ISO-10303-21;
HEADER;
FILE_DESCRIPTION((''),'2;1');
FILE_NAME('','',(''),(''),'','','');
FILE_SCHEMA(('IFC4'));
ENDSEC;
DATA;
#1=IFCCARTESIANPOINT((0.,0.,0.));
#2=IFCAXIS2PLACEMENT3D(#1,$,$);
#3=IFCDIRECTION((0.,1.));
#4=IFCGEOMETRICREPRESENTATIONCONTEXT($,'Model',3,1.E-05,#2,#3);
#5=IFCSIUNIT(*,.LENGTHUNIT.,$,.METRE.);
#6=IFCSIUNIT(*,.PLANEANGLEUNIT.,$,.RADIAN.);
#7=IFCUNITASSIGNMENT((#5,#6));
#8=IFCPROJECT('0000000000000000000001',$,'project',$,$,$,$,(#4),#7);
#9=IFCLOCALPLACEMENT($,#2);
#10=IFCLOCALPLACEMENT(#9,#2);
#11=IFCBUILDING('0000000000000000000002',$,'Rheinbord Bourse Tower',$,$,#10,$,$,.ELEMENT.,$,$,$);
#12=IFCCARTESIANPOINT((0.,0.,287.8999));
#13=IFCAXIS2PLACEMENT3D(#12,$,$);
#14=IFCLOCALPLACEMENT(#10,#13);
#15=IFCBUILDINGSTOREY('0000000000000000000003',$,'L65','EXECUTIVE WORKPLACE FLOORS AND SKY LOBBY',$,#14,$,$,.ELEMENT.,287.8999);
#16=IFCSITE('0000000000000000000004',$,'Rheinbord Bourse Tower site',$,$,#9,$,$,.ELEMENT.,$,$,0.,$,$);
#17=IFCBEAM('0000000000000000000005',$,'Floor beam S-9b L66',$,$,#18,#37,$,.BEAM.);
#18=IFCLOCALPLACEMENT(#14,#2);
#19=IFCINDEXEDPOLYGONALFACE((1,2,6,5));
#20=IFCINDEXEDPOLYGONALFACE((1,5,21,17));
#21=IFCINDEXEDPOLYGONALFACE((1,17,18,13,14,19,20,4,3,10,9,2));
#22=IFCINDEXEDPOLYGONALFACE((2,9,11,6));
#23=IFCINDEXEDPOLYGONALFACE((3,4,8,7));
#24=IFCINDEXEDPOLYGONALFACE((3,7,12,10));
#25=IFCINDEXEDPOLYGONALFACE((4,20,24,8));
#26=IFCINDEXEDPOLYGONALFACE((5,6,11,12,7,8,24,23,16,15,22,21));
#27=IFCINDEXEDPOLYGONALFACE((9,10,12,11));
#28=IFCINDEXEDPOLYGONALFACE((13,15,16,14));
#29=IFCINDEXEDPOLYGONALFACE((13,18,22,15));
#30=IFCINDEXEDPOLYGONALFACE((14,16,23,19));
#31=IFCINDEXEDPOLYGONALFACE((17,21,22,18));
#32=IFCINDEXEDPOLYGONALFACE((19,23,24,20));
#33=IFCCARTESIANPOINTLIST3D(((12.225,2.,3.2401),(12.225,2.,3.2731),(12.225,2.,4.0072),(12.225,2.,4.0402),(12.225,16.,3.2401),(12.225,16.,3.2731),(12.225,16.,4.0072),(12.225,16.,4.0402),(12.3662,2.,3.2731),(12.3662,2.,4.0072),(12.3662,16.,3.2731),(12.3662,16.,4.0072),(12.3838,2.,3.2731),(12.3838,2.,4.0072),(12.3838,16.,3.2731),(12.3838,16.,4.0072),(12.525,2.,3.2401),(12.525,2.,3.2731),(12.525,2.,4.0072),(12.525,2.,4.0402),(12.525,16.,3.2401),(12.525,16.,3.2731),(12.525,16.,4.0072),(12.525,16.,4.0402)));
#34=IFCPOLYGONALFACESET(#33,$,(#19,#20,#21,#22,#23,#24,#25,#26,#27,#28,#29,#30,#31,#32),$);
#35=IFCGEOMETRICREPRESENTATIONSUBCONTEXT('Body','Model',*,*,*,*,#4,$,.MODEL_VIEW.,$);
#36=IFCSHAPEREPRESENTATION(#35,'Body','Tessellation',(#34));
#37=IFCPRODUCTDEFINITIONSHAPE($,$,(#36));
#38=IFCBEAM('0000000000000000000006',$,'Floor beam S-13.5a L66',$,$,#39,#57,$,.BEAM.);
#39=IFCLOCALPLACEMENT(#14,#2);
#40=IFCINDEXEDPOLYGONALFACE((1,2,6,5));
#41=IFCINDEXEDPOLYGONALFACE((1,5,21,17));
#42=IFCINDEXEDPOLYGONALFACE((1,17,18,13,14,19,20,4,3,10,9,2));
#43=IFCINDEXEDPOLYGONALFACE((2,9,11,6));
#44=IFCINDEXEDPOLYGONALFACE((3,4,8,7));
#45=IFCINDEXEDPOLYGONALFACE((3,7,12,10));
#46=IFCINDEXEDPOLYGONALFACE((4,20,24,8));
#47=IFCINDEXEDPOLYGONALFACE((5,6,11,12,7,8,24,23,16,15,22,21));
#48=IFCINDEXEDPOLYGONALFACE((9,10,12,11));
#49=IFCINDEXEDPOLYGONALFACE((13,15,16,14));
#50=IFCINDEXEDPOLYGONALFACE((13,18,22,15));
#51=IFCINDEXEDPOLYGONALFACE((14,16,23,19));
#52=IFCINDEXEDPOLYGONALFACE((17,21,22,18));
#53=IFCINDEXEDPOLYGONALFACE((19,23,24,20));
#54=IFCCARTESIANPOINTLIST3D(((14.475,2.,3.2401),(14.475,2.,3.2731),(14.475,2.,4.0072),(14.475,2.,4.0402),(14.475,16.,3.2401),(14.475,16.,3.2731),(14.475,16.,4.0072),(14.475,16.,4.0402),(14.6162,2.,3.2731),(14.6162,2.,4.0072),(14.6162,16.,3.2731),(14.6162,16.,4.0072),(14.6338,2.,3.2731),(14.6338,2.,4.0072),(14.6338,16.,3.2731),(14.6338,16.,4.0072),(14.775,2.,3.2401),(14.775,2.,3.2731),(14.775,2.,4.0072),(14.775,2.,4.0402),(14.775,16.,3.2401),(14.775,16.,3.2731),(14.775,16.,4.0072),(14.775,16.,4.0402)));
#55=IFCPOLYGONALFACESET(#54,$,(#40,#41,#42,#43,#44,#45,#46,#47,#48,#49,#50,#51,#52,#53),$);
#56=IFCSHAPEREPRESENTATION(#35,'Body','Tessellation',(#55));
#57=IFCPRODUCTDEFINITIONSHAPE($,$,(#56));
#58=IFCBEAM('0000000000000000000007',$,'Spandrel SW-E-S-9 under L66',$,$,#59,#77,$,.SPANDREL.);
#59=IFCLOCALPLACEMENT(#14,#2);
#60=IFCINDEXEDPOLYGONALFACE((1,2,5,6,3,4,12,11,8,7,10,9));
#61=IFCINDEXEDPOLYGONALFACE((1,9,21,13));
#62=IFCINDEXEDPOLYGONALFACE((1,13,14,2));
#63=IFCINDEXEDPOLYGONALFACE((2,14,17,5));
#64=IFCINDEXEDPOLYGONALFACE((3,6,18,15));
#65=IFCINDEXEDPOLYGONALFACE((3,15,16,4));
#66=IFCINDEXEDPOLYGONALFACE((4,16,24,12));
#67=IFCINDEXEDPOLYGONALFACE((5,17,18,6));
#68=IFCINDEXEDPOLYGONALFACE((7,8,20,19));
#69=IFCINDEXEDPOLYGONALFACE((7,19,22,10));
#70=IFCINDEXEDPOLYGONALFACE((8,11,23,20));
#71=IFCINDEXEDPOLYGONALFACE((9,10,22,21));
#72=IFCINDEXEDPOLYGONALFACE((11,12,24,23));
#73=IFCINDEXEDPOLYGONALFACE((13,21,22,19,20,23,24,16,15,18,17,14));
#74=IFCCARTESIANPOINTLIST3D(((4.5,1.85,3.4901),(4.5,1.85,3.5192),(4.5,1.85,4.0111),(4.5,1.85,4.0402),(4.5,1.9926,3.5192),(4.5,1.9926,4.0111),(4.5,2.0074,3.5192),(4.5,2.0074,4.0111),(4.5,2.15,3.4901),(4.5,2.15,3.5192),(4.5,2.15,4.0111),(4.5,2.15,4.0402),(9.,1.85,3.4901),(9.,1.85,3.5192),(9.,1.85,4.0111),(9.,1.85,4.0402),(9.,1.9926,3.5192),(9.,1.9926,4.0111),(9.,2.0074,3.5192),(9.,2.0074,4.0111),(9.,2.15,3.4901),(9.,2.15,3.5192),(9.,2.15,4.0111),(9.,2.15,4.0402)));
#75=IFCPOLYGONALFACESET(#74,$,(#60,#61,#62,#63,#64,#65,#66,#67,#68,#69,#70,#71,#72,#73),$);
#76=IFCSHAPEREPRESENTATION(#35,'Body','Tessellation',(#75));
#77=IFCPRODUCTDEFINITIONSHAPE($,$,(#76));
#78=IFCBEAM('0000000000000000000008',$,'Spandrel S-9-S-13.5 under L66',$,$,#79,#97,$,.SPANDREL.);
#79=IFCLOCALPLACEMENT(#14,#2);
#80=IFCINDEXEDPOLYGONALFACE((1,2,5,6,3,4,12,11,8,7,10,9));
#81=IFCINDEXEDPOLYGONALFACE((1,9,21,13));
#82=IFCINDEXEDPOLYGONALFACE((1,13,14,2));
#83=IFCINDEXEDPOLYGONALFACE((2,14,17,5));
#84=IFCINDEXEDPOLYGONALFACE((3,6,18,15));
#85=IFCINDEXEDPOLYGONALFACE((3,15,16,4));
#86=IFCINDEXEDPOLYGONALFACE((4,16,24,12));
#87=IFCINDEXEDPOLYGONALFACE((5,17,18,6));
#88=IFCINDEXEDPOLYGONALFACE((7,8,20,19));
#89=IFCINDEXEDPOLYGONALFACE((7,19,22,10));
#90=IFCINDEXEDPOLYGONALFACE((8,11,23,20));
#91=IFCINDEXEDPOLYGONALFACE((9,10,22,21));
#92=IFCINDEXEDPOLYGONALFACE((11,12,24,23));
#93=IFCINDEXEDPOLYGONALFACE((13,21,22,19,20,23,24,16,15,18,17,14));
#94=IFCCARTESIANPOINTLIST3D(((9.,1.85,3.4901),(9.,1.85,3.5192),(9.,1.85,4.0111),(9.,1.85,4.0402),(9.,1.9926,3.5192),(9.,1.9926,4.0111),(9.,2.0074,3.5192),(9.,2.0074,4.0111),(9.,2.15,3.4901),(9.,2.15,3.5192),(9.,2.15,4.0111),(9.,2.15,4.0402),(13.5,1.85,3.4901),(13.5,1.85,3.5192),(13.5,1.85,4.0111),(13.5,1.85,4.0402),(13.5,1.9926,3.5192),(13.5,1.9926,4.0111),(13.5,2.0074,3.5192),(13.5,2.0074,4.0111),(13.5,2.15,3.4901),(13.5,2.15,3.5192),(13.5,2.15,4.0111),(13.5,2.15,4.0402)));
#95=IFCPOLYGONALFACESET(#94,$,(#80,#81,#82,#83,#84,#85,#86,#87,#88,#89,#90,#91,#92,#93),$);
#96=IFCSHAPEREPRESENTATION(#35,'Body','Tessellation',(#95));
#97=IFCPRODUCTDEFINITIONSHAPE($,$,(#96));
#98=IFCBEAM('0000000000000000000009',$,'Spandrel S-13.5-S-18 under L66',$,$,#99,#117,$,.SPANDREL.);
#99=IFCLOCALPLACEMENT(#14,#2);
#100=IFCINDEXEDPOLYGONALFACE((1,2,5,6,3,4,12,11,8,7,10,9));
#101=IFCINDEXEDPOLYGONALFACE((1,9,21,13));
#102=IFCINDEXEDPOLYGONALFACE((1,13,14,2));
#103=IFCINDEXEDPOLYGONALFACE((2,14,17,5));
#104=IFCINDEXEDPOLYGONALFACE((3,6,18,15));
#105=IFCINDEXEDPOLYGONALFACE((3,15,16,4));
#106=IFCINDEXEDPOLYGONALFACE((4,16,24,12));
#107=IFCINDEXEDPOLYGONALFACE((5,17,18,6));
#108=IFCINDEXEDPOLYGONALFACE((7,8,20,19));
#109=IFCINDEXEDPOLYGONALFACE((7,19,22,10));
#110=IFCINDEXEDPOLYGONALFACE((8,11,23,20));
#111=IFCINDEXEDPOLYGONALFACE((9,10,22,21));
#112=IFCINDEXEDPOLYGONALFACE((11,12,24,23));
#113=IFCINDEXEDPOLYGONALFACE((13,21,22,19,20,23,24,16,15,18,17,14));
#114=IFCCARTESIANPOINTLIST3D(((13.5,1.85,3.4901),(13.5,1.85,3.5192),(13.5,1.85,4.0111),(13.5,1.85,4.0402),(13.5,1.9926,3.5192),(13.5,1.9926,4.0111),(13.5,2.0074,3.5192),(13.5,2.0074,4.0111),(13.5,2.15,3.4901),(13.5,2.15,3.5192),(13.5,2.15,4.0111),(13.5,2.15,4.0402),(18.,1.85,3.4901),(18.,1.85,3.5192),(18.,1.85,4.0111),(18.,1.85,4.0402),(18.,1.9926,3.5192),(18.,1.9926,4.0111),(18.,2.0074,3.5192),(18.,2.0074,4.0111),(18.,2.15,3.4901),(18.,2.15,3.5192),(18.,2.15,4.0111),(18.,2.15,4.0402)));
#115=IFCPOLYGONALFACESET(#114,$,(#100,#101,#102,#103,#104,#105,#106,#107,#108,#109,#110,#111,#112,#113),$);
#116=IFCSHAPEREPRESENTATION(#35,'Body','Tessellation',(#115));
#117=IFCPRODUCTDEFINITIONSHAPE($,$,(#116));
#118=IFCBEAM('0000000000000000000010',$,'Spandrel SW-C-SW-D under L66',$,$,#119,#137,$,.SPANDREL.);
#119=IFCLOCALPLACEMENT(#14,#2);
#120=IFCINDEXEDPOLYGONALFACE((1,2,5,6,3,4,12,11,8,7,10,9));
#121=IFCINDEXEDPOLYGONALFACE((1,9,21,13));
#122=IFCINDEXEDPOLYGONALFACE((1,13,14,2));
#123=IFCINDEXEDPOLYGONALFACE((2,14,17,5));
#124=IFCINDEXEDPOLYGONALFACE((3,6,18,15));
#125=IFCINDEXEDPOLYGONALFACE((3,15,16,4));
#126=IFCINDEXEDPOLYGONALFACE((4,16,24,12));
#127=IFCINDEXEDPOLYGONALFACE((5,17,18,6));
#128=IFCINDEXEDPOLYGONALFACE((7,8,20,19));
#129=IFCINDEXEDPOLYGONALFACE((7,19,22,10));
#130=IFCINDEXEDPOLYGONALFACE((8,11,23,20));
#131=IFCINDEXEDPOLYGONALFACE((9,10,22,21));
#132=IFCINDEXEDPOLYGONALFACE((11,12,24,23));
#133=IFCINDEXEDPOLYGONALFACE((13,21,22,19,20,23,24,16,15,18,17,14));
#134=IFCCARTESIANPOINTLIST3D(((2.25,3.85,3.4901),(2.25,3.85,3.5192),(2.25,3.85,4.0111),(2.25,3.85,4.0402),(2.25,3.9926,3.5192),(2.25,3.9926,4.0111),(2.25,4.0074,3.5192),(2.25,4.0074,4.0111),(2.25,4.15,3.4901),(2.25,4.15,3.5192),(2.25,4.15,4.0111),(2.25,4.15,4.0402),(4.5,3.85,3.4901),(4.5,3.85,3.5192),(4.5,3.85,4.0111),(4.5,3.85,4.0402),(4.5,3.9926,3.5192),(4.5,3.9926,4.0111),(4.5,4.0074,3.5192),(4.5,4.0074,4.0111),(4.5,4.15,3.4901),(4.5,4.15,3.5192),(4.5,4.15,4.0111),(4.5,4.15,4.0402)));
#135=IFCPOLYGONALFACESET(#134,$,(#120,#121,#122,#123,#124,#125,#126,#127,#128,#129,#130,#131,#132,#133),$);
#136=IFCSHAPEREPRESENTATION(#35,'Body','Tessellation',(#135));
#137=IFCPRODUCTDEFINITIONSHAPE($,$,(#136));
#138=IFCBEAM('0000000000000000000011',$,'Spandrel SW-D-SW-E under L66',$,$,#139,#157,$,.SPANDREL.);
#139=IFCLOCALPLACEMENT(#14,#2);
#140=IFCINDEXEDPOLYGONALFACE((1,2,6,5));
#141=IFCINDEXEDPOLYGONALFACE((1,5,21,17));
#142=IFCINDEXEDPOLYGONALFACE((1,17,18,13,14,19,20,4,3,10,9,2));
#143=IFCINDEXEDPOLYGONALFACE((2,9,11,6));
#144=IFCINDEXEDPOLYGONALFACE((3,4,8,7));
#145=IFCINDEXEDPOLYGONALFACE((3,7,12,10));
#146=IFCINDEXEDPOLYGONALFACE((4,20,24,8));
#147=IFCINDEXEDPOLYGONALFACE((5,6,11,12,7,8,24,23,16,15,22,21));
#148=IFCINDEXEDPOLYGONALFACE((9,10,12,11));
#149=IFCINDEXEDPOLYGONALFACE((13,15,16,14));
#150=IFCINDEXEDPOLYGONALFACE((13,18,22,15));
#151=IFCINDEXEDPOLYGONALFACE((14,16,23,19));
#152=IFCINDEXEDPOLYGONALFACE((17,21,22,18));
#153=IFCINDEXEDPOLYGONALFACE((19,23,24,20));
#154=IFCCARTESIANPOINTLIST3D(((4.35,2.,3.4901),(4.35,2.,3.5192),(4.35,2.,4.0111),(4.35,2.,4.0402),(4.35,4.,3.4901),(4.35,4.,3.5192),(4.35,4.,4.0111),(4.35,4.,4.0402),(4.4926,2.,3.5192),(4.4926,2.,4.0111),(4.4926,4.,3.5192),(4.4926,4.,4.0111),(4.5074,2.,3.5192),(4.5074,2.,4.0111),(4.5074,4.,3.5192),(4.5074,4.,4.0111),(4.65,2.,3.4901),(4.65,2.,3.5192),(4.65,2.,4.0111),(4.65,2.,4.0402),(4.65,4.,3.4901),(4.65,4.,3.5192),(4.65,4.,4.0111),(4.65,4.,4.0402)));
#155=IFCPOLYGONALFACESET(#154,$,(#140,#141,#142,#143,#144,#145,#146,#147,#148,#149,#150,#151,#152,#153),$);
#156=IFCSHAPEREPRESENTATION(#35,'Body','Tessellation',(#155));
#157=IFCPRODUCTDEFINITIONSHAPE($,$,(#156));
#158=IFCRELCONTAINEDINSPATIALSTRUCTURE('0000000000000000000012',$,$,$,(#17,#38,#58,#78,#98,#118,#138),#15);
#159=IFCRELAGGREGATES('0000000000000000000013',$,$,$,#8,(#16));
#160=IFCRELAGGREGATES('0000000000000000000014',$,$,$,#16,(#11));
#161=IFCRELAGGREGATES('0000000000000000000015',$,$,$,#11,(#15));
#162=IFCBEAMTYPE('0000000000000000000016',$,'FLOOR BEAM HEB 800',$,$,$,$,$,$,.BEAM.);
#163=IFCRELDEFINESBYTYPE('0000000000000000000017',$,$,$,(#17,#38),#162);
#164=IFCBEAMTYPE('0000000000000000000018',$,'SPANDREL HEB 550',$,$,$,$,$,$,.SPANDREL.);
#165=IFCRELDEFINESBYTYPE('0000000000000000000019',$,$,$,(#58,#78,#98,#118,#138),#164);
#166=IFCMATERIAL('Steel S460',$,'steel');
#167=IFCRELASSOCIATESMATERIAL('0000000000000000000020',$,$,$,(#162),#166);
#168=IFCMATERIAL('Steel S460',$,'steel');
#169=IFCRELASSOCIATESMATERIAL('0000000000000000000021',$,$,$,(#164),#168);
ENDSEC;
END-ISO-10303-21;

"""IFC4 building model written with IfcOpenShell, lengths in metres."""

from ifc_helpers import new_model, si_unit, direction, frame, origin, origin_2d, place, context, subcontext, project, spatial, i_section, extrude, material, material_profile, profile_set, type_object, element, save


model = new_model("IFC4")

# Units and contexts
model_context = context("Model", 3, precision=1e-05, world=origin(), true_north=direction((0.0, 1.0)))
body_context = subcontext(model_context, "Body", "Model", "MODEL_VIEW")
ifc_project = project(units=[si_unit("LENGTHUNIT", "METRE"), si_unit("PLANEANGLEUNIT", "RADIAN")], contexts=[model_context])

# Site, building, storey
site_placement = place(None, origin())
site = spatial("IfcSite", under=ifc_project, at=site_placement, Name="Rheinbord Bourse Tower site", CompositionType="ELEMENT", RefElevation=0.0)
building_placement = place(site_placement, origin())
building = spatial("IfcBuilding", under=site, at=building_placement, Name="Rheinbord Bourse Tower", CompositionType="ELEMENT")
storey_placement = place(building_placement, frame((0.0, 0.0, 287.8999)))
storey = spatial("IfcBuildingStorey", under=building, at=storey_placement, Name="L65", Description="EXECUTIVE WORKPLACE FLOORS AND SKY LOBBY", CompositionType="ELEMENT", Elevation=287.8999)

# Beams
ifc_material_1 = material(Name="Steel S460", Category="steel")
ifc_material_profile_1 = material_profile(ifc_material_1, i_section(OverallWidth=0.3, OverallDepth=0.8, WebThickness=0.0176, FlangeThickness=0.033, at=origin_2d()), Name="HEB 800")
ifc_profile_set_1 = profile_set([ifc_material_profile_1], Name="Steel S460")
beam_type_1 = type_object("IfcBeamType", Name="FLOOR BEAM HEB 800", PredefinedType="BEAM", material=ifc_profile_set_1)
for number, where, z_axis, x_axis, name in (
    (1, (12.375, 2.0, 3.6401), (0.0, 1.0, 0.0), (-1.0, 0.0, 0.0), "Floor beam S-9b L66"),
    (2, (14.625, 2.0, 3.6401), (0.0, 1.0, 0.0), (-1.0, 0.0, 0.0), "Floor beam S-13.5a L66"),
):
    element("IfcBeam", number, at=place(storey_placement, frame(where, z_axis=z_axis, x_axis=x_axis)), inside=storey, type_object=beam_type_1, Name=name, PredefinedType="BEAM", context=body_context, shape_type="SweptSolid", body=[
        extrude(i_section(OverallWidth=0.3, OverallDepth=0.8, WebThickness=0.0176, FlangeThickness=0.033, at=origin_2d()), origin(), (0.0, 0.0, 1.0), 14.0),
    ])
ifc_material_2 = material(Name="Steel S460", Category="steel")
ifc_material_profile_2 = material_profile(ifc_material_2, i_section(OverallWidth=0.3, OverallDepth=0.55, WebThickness=0.0149, FlangeThickness=0.0291, at=origin_2d()), Name="HEB 550")
ifc_profile_set_2 = profile_set([ifc_material_profile_2], Name="Steel S460")
beam_type_2 = type_object("IfcBeamType", Name="SPANDREL HEB 550", PredefinedType="SPANDREL", material=ifc_profile_set_2)
for number, where, z_axis, x_axis, name in (
    (3, (4.5, 2.0, 3.7651), (1.0, 0.0, 0.0), (0.0, 1.0, 0.0), "Spandrel SW-E-S-9 under L66"),
    (4, (9.0, 2.0, 3.7651), (1.0, 0.0, 0.0), (0.0, 1.0, 0.0), "Spandrel S-9-S-13.5 under L66"),
    (5, (13.5, 2.0, 3.7651), (1.0, 0.0, 0.0), (0.0, 1.0, 0.0), "Spandrel S-13.5-S-18 under L66"),
):
    element("IfcBeam", number, at=place(storey_placement, frame(where, z_axis=z_axis, x_axis=x_axis)), inside=storey, type_object=beam_type_2, Name=name, PredefinedType="SPANDREL", context=body_context, shape_type="SweptSolid", body=[
        extrude(i_section(OverallWidth=0.3, OverallDepth=0.55, WebThickness=0.0149, FlangeThickness=0.0291, at=origin_2d()), origin(), (0.0, 0.0, 1.0), 4.5),
    ])
beam_1_placement = place(storey_placement, frame((2.25, 4.0, 3.7651), z_axis=(1.0, 0.0, 0.0), x_axis=(0.0, 1.0, 0.0)))
element("IfcBeam", 6, at=beam_1_placement, inside=storey, type_object=beam_type_2, Name="Spandrel SW-C-SW-D under L66", PredefinedType="SPANDREL", context=body_context, shape_type="SweptSolid", body=[
    extrude(i_section(OverallWidth=0.3, OverallDepth=0.55, WebThickness=0.0149, FlangeThickness=0.0291, at=origin_2d()), origin(), (0.0, 0.0, 1.0), 2.25),
])
beam_2_placement = place(storey_placement, frame((4.5, 4.0, 3.7651), z_axis=(0.0, -1.0, 0.0), x_axis=(1.0, 0.0, 0.0)))
element("IfcBeam", 7, at=beam_2_placement, inside=storey, type_object=beam_type_2, Name="Spandrel SW-D-SW-E under L66", PredefinedType="SPANDREL", context=body_context, shape_type="SweptSolid", body=[
    extrude(i_section(OverallWidth=0.3, OverallDepth=0.55, WebThickness=0.0149, FlangeThickness=0.0291, at=origin_2d()), origin(), (0.0, 0.0, 1.0), 2.0),
])

save(model, "model.ifc")
